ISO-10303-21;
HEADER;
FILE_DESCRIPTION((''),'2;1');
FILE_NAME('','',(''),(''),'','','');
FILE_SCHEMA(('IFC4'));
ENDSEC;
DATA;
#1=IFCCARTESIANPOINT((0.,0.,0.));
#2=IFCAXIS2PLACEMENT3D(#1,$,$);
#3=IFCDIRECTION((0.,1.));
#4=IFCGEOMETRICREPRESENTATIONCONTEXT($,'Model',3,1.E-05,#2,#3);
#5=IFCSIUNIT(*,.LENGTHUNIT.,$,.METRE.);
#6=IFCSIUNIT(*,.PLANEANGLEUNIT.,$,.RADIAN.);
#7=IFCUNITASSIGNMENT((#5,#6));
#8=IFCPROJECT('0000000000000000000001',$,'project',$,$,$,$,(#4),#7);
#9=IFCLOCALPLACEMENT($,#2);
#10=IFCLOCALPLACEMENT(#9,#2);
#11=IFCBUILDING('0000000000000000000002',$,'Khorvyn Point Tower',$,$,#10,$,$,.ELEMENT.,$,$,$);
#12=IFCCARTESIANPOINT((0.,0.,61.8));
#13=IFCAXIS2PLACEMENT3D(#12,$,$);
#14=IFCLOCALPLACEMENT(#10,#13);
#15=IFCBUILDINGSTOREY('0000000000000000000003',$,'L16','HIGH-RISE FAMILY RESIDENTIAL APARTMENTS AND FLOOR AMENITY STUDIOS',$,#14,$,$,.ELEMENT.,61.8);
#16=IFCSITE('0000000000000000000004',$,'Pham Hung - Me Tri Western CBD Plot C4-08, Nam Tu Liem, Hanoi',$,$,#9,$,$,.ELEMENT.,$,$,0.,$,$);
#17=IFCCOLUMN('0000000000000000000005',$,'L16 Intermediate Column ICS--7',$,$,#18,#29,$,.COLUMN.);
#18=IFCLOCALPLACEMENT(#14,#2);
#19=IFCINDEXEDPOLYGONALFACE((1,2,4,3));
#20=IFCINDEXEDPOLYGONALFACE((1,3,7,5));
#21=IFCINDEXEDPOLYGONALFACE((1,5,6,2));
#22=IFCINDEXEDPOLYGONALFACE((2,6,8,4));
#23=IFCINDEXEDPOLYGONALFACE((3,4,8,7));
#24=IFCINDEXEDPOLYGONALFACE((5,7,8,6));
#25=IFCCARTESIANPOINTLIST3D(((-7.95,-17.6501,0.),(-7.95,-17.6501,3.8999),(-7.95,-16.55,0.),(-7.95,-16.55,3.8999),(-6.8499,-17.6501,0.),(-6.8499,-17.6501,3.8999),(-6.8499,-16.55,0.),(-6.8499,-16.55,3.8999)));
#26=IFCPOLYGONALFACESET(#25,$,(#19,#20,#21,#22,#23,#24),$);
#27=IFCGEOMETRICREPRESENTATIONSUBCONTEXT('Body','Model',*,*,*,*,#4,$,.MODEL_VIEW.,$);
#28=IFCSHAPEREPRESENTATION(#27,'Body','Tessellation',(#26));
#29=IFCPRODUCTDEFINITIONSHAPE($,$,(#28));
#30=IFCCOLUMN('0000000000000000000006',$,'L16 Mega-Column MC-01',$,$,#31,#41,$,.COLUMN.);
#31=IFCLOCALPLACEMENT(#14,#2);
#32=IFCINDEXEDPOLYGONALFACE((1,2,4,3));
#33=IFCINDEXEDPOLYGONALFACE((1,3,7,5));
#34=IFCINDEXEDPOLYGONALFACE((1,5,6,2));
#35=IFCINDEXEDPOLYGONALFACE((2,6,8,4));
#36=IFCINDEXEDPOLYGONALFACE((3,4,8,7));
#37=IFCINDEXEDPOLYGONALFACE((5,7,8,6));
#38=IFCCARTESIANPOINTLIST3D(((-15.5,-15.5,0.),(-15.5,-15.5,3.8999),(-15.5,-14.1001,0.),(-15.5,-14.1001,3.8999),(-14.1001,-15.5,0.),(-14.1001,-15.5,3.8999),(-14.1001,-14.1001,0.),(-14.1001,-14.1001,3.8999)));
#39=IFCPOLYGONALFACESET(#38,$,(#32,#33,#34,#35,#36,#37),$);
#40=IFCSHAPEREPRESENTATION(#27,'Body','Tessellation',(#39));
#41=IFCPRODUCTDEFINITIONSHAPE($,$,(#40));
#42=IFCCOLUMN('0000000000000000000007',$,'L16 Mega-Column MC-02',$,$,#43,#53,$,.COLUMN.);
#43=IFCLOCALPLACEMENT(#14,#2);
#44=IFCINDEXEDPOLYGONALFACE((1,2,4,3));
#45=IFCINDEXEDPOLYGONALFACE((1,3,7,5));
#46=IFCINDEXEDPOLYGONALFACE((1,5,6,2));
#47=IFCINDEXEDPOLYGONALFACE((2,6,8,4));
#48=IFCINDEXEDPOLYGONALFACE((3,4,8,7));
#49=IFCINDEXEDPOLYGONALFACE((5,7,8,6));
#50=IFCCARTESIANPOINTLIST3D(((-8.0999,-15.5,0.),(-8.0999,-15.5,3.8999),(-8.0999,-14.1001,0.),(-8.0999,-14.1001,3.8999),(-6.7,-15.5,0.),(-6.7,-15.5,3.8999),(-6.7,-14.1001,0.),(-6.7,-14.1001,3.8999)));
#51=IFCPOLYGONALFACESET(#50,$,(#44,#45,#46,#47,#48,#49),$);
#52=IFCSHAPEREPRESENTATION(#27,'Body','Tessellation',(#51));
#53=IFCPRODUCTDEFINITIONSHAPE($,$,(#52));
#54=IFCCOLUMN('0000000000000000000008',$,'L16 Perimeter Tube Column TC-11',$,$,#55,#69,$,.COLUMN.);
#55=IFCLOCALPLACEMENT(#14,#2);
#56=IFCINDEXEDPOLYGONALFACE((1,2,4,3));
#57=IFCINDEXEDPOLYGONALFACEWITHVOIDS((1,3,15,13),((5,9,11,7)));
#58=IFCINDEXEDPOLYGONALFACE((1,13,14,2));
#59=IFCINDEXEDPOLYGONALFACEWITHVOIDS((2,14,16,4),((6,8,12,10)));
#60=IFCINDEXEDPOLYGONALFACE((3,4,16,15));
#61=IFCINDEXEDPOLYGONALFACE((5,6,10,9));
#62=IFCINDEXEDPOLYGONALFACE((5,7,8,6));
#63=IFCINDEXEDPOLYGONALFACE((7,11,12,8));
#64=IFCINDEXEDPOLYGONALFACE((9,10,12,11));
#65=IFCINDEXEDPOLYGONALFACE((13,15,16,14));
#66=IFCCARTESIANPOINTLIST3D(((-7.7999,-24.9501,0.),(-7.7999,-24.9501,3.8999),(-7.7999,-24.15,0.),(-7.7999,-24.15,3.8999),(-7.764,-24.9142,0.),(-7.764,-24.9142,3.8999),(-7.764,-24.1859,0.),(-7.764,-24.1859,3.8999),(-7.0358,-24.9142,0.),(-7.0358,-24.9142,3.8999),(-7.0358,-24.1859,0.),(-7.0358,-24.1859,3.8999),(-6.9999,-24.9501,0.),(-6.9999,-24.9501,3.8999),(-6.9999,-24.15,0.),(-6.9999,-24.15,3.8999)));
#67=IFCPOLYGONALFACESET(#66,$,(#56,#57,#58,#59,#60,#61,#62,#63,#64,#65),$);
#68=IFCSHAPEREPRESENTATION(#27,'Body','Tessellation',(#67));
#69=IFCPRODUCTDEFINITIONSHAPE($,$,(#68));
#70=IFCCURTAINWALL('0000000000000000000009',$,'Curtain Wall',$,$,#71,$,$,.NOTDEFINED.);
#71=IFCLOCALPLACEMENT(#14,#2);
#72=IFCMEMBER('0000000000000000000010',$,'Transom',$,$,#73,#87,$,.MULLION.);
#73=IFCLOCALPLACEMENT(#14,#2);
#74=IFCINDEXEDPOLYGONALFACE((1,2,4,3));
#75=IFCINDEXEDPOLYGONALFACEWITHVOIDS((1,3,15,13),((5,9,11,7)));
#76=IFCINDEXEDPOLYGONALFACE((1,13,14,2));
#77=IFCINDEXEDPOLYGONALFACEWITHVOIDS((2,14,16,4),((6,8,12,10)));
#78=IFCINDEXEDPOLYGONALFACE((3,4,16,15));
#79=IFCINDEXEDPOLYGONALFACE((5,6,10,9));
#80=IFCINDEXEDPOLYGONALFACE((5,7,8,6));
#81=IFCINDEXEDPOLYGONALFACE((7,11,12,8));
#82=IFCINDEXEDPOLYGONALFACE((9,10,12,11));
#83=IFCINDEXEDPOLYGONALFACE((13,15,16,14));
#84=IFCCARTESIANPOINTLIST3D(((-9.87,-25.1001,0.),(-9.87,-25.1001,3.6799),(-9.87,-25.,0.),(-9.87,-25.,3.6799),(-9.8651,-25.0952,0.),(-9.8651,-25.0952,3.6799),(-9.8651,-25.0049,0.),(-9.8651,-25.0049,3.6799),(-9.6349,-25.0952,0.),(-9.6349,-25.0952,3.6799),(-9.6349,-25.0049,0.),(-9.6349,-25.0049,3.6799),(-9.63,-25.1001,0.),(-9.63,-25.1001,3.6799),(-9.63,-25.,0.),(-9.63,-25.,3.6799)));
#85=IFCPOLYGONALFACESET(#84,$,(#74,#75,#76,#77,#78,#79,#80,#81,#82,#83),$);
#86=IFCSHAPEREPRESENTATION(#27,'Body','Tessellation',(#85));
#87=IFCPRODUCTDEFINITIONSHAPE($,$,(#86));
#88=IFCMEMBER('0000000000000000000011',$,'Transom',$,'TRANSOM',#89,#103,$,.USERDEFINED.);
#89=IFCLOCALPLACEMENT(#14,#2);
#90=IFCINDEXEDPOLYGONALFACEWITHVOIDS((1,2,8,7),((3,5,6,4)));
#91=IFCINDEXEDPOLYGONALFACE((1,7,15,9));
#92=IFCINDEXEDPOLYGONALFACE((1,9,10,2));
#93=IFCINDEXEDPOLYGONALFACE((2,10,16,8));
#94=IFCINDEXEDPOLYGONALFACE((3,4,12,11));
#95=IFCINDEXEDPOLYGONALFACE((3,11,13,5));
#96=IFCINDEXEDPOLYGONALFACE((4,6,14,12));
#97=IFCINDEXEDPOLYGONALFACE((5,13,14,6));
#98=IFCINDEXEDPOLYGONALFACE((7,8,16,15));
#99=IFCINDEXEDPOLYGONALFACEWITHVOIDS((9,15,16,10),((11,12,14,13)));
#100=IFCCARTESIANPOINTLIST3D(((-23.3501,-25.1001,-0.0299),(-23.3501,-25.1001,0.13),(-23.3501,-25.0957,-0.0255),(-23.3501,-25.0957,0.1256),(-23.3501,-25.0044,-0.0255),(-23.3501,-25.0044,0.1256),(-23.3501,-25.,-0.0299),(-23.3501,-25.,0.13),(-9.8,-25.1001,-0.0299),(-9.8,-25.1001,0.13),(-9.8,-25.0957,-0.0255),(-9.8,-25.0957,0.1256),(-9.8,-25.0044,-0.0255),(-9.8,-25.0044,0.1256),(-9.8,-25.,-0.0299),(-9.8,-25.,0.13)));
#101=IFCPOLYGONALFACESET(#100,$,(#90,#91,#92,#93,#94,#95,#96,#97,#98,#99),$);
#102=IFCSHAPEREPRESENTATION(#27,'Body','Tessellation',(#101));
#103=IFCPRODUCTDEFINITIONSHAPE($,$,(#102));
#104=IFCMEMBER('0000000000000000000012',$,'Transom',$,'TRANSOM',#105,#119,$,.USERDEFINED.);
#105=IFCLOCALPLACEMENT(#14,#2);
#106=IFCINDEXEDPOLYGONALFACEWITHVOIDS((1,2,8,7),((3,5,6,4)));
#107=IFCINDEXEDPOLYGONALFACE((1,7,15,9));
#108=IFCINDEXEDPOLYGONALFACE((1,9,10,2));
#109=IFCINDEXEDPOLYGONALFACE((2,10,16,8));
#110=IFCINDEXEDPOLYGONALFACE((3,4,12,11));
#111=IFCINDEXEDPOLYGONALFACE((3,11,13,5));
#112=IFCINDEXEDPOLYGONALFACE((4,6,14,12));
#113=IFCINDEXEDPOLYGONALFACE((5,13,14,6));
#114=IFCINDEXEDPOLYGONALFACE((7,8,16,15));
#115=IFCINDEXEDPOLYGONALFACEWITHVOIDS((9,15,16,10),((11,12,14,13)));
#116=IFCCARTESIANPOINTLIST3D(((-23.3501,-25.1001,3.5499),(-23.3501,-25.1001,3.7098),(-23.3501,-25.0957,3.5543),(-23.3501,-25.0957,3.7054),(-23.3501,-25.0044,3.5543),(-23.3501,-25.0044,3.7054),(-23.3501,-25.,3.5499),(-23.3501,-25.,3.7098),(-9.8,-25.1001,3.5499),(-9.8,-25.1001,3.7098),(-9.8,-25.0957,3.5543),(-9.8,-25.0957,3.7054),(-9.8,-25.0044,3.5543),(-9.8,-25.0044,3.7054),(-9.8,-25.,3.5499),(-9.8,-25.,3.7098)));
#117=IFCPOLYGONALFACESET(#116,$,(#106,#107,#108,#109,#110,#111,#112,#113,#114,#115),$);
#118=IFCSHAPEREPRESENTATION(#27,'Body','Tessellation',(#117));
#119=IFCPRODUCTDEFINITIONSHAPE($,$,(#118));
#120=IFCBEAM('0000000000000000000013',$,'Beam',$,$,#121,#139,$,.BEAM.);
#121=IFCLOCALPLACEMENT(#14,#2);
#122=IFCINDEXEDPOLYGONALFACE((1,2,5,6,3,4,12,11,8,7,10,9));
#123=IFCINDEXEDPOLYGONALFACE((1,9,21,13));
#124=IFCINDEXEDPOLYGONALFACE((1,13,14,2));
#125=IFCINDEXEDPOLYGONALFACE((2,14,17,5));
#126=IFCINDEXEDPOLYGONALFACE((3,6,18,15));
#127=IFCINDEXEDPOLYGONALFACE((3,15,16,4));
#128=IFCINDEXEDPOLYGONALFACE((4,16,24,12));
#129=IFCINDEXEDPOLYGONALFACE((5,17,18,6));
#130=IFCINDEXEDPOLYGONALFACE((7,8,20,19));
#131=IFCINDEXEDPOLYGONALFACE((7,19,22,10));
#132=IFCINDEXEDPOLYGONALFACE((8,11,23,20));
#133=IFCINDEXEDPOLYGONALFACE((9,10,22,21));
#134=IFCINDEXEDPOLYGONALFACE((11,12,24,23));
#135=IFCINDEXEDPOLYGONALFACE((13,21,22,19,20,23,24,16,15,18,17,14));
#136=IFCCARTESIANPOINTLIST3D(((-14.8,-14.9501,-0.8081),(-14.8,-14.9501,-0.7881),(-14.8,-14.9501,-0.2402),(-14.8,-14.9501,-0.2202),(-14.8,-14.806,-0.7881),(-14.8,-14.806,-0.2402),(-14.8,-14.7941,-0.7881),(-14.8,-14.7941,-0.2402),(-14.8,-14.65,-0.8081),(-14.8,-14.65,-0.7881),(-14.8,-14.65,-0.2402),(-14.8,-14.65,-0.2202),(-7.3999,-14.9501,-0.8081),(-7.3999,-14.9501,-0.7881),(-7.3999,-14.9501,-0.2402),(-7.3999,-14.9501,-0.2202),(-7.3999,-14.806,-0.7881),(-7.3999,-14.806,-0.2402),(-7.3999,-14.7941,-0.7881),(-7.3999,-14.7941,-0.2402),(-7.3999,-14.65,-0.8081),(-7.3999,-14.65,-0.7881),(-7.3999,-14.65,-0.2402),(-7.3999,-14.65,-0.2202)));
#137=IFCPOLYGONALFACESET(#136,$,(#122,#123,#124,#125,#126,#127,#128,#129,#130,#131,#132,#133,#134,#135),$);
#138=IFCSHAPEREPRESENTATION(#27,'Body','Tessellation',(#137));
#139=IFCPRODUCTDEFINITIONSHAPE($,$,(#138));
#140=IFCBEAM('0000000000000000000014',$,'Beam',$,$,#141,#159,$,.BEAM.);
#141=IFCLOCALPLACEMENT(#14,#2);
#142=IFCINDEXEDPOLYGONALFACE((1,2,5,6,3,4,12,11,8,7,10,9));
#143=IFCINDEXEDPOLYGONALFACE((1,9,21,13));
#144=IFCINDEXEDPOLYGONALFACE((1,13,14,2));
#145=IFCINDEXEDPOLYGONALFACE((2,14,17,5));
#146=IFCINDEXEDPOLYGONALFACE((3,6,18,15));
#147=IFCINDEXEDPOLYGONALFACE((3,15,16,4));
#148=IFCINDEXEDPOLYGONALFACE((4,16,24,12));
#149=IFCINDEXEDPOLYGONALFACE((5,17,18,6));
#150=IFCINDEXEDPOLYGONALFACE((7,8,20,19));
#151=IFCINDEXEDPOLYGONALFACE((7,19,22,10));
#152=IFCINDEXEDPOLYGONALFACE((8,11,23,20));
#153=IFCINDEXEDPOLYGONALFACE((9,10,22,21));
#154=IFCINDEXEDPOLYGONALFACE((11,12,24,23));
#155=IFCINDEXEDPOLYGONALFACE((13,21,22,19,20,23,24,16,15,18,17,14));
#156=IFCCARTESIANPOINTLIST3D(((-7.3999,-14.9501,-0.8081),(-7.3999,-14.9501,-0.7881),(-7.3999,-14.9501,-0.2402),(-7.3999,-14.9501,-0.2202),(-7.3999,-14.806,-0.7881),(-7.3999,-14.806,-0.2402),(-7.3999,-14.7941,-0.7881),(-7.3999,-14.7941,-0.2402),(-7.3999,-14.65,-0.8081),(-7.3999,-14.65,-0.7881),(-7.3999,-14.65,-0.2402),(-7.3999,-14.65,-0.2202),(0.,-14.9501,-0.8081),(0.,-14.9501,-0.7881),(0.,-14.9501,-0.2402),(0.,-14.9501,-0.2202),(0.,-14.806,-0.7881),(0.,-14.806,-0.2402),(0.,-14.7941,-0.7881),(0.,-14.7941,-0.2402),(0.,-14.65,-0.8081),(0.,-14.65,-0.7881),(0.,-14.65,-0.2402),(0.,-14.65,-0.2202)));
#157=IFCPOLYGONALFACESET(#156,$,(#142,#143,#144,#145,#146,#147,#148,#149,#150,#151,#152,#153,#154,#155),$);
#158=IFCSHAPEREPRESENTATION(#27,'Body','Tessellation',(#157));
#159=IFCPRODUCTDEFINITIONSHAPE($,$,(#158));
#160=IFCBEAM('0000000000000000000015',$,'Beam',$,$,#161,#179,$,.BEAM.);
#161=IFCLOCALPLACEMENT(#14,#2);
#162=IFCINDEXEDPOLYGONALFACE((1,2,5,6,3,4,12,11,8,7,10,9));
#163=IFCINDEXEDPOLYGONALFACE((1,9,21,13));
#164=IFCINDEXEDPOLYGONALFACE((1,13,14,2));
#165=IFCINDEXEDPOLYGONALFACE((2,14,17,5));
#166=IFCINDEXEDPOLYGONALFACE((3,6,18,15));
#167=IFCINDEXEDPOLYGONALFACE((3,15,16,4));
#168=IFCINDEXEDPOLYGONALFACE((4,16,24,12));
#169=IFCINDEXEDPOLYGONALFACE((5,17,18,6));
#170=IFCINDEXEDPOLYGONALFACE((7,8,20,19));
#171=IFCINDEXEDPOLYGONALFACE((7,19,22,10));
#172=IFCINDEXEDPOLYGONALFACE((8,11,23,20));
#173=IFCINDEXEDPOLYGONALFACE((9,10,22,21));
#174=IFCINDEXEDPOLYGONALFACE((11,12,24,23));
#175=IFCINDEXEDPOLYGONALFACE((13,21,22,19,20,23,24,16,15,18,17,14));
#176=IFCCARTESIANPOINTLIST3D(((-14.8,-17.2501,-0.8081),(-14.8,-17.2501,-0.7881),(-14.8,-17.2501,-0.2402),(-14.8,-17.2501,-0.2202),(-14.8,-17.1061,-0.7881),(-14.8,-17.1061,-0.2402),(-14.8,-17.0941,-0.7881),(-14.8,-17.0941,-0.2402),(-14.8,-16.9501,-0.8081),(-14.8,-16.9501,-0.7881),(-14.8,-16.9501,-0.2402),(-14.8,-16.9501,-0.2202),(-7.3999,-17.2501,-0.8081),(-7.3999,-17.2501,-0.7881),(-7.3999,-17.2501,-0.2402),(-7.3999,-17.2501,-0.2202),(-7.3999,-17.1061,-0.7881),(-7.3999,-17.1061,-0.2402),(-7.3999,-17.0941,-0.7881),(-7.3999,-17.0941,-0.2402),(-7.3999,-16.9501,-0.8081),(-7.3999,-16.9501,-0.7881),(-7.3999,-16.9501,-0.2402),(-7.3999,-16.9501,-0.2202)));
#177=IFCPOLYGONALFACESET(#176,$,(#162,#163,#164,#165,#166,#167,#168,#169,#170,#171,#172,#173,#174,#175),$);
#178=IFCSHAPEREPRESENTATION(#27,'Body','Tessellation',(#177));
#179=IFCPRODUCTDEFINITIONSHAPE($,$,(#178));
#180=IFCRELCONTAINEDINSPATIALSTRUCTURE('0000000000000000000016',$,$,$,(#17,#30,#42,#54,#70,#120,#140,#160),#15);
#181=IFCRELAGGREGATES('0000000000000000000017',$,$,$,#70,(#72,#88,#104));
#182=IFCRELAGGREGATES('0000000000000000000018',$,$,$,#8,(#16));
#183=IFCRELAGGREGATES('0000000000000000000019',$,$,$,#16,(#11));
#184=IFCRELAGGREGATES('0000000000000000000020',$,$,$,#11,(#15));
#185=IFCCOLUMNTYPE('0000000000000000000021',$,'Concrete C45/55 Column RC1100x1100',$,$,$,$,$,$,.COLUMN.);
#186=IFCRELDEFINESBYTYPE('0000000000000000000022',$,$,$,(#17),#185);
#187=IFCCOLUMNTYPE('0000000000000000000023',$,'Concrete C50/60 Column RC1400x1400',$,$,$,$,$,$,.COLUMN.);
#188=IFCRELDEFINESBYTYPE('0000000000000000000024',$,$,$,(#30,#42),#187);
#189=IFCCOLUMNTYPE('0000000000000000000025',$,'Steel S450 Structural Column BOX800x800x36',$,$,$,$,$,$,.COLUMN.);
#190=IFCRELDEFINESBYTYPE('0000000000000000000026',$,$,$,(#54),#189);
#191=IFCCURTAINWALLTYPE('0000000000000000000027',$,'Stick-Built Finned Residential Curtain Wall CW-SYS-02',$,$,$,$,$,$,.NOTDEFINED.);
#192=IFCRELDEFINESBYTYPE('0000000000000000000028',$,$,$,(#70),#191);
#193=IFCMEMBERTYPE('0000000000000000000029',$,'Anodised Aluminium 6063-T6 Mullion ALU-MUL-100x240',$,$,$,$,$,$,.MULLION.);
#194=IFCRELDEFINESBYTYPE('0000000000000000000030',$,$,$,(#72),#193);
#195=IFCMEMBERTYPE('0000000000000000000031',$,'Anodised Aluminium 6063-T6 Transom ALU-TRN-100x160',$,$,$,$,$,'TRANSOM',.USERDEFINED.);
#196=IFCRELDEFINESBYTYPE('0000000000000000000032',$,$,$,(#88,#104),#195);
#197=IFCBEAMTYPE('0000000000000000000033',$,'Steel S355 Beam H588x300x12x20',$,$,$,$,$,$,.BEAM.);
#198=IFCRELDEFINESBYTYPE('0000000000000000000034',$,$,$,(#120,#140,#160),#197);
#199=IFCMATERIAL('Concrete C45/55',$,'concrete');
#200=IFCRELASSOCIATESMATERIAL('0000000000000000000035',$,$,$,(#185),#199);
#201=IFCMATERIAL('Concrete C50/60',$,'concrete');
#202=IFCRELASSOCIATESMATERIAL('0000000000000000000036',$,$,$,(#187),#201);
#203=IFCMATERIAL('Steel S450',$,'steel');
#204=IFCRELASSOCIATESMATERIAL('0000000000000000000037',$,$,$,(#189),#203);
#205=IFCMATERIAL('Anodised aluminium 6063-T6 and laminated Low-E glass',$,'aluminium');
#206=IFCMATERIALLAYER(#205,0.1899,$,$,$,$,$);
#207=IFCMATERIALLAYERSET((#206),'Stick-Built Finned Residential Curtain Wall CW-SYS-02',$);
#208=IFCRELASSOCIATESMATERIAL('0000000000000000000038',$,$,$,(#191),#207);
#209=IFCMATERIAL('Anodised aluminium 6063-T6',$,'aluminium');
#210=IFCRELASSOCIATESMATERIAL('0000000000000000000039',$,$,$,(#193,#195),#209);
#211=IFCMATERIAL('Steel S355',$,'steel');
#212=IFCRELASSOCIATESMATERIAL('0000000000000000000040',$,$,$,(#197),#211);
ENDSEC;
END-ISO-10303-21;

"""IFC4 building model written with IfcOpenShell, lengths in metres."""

from ifc_helpers import new_model, si_unit, direction, frame, origin, origin_2d, place, context, subcontext, project, spatial, rectangle, hollow_rectangle, i_section, extrude, material, layer, layer_set, material_profile, profile_set, type_object, element, aggregate, save


model = new_model("IFC4")

# Units and contexts
model_context = context("Model", 3, precision=1e-05, world=origin(), true_north=direction((0.0, 1.0)))
body_context = subcontext(model_context, "Body", "Model", "MODEL_VIEW")
ifc_project = project(units=[si_unit("LENGTHUNIT", "METRE"), si_unit("PLANEANGLEUNIT", "RADIAN")], contexts=[model_context])

# Site, building, storey
site_placement = place(None, origin())
site = spatial("IfcSite", under=ifc_project, at=site_placement, Name="Pham Hung - Me Tri Western CBD Plot C4-08, Nam Tu Liem, Hanoi", CompositionType="ELEMENT", RefElevation=0.0)
building_placement = place(site_placement, origin())
building = spatial("IfcBuilding", under=site, at=building_placement, Name="Khorvyn Point Tower", CompositionType="ELEMENT")
storey_placement = place(building_placement, frame((0.0, 0.0, 61.8)))
storey = spatial("IfcBuildingStorey", under=building, at=storey_placement, Name="L16", Description="HIGH-RISE FAMILY RESIDENTIAL APARTMENTS AND FLOOR AMENITY STUDIOS", CompositionType="ELEMENT", Elevation=61.8)

# Columns
ifc_material_1 = material(Name="Concrete C45/55", Category="concrete")
ifc_material_profile_1 = material_profile(ifc_material_1, rectangle(XDim=1.1001, YDim=1.1001, at=origin_2d()))
ifc_profile_set_1 = profile_set([ifc_material_profile_1], Name="Concrete C45/55 RC1100x1100")
column_type_1 = type_object("IfcColumnType", Name="Concrete C45/55 Column RC1100x1100", PredefinedType="COLUMN", material=ifc_profile_set_1)
column_1_placement = place(storey_placement, frame((-7.3999, -17.1001, 0.0), z_axis=(0.0, 0.0, 1.0), x_axis=(1.0, 0.0, 0.0)))
element("IfcColumn", 1, at=column_1_placement, inside=storey, type_object=column_type_1, Name="L16 Intermediate Column ICS--7", PredefinedType="COLUMN", context=body_context, shape_type="SweptSolid", body=[
    extrude(rectangle(XDim=1.1001, YDim=1.1001, at=origin_2d()), origin(), (0.0, 0.0, 1.0), 3.8999),
])
ifc_material_2 = material(Name="Concrete C50/60", Category="concrete")
ifc_material_profile_2 = material_profile(ifc_material_2, rectangle(XDim=1.3999, YDim=1.3999, at=origin_2d()))
ifc_profile_set_2 = profile_set([ifc_material_profile_2], Name="Concrete C50/60 RC1400x1400")
column_type_2 = type_object("IfcColumnType", Name="Concrete C50/60 Column RC1400x1400", PredefinedType="COLUMN", material=ifc_profile_set_2)
for number, where, z_axis, x_axis, name in (
    (2, (-14.8, -14.8, 0.0), (0.0, 0.0, 1.0), (1.0, 0.0, 0.0), "L16 Mega-Column MC-01"),
    (3, (-7.3999, -14.8, 0.0), (0.0, 0.0, 1.0), (1.0, 0.0, 0.0), "L16 Mega-Column MC-02"),
):
    element("IfcColumn", number, at=place(storey_placement, frame(where, z_axis=z_axis, x_axis=x_axis)), inside=storey, type_object=column_type_2, Name=name, PredefinedType="COLUMN", context=body_context, shape_type="SweptSolid", body=[
        extrude(rectangle(XDim=1.3999, YDim=1.3999, at=origin_2d()), origin(), (0.0, 0.0, 1.0), 3.8999),
    ])
ifc_material_3 = material(Name="Steel S450", Category="steel")
ifc_material_profile_3 = material_profile(ifc_material_3, hollow_rectangle(XDim=0.8, YDim=0.8, WallThickness=0.0359, at=origin_2d()))
ifc_profile_set_3 = profile_set([ifc_material_profile_3], Name="Steel S450 BOX800x800x36")
column_type_3 = type_object("IfcColumnType", Name="Steel S450 Structural Column BOX800x800x36", PredefinedType="COLUMN", material=ifc_profile_set_3)
column_2_placement = place(storey_placement, frame((-7.3999, -24.55, 0.0), z_axis=(0.0, 0.0, 1.0), x_axis=(1.0, 0.0, 0.0)))
element("IfcColumn", 4, at=column_2_placement, inside=storey, type_object=column_type_3, Name="L16 Perimeter Tube Column TC-11", PredefinedType="COLUMN", context=body_context, shape_type="SweptSolid", body=[
    extrude(hollow_rectangle(XDim=0.8, YDim=0.8, WallThickness=0.0359, at=origin_2d()), origin(), (0.0, 0.0, 1.0), 3.8999),
])

# Curtain wall, members
ifc_material_4 = material(Name="Anodised aluminium 6063-T6 and laminated Low-E glass", Category="aluminium")
ifc_layer_1 = layer(ifc_material_4, 0.1899)
ifc_layer_set_1 = layer_set([ifc_layer_1], Name="Stick-Built Finned Residential Curtain Wall CW-SYS-02")
curtain_wall_type = type_object("IfcCurtainWallType", Name="Stick-Built Finned Residential Curtain Wall CW-SYS-02", PredefinedType="NOTDEFINED", material=ifc_layer_set_1)
curtain_wall_placement = place(storey_placement, origin())
curtain_wall = element("IfcCurtainWall", 5, at=curtain_wall_placement, inside=storey, type_object=curtain_wall_type, Name="Curtain Wall", PredefinedType="NOTDEFINED")
ifc_material_5 = material(Name="Anodised aluminium 6063-T6", Category="aluminium")
ifc_material_profile_4 = material_profile(ifc_material_5, hollow_rectangle(XDim=0.1001, YDim=0.24, WallThickness=0.0049, at=origin_2d()))
ifc_profile_set_4 = profile_set([ifc_material_profile_4], Name="Anodised aluminium 6063-T6 ALU-MUL-100x240")
member_type_1 = type_object("IfcMemberType", Name="Anodised Aluminium 6063-T6 Mullion ALU-MUL-100x240", PredefinedType="MULLION", material=ifc_profile_set_4)
member_1_placement = place(storey_placement, frame((-9.75, -25.05, 0.0), z_axis=(0.0, 0.0, 1.0), x_axis=(0.0, -1.0, 0.0)))
member_1 = element("IfcMember", 6, at=member_1_placement, type_object=member_type_1, Name="Transom", PredefinedType="MULLION", context=body_context, shape_type="SweptSolid", body=[
    extrude(hollow_rectangle(XDim=0.1001, YDim=0.24, WallThickness=0.0049, at=origin_2d()), origin(), (0.0, 0.0, 1.0), 3.6799),
])
ifc_material_profile_5 = material_profile(ifc_material_5, hollow_rectangle(XDim=0.1001, YDim=0.1599, WallThickness=0.0044, at=origin_2d()))
ifc_profile_set_5 = profile_set([ifc_material_profile_5], Name="Anodised aluminium 6063-T6 ALU-TRN-100x160")
member_type_2 = type_object("IfcMemberType", Name="Anodised Aluminium 6063-T6 Transom ALU-TRN-100x160", ElementType="TRANSOM", PredefinedType="USERDEFINED", material=ifc_profile_set_5)
member_2_placement = place(storey_placement, frame((-9.8, -25.05, 0.05), z_axis=(-1.0, 0.0, 0.0), x_axis=(0.0, -1.0, 0.0)))
member_2 = element("IfcMember", 7, at=member_2_placement, type_object=member_type_2, Name="Transom", ObjectType="TRANSOM", PredefinedType="USERDEFINED", context=body_context, shape_type="SweptSolid", body=[
    extrude(hollow_rectangle(XDim=0.1001, YDim=0.1599, WallThickness=0.0044, at=origin_2d()), origin(), (0.0, 0.0, 1.0), 13.55),
])
member_3_placement = place(storey_placement, frame((-9.8, -25.05, 3.6299), z_axis=(-1.0, 0.0, 0.0), x_axis=(0.0, -1.0, 0.0)))
member_3 = element("IfcMember", 8, at=member_3_placement, type_object=member_type_2, Name="Transom", ObjectType="TRANSOM", PredefinedType="USERDEFINED", context=body_context, shape_type="SweptSolid", body=[
    extrude(hollow_rectangle(XDim=0.1001, YDim=0.1599, WallThickness=0.0044, at=origin_2d()), origin(), (0.0, 0.0, 1.0), 13.55),
])

# Beams
ifc_material_6 = material(Name="Steel S355", Category="steel")
ifc_material_profile_6 = material_profile(ifc_material_6, i_section(OverallWidth=0.3, OverallDepth=0.5879, WebThickness=0.012, FlangeThickness=0.02, at=origin_2d()))
ifc_profile_set_6 = profile_set([ifc_material_profile_6], Name="Steel S355 H588x300x12x20")
beam_type_1 = type_object("IfcBeamType", Name="Steel S355 Beam H588x300x12x20", PredefinedType="BEAM", material=ifc_profile_set_6)
beam_1_placement = place(storey_placement, frame((-14.8, -14.8, -0.5142), z_axis=(1.0, 0.0, 0.0), x_axis=(0.0, 1.0, 0.0)))
element("IfcBeam", 9, at=beam_1_placement, inside=storey, type_object=beam_type_1, Name="Beam", PredefinedType="BEAM", context=body_context, shape_type="SweptSolid", body=[
    extrude(i_section(OverallWidth=0.3, OverallDepth=0.5879, WebThickness=0.012, FlangeThickness=0.02, at=origin_2d()), origin(), (0.0, 0.0, 1.0), 7.4001),
])
beam_2_placement = place(storey_placement, frame((-7.3999, -14.8, -0.5142), z_axis=(1.0, 0.0, 0.0), x_axis=(0.0, 1.0, 0.0)))
element("IfcBeam", 10, at=beam_2_placement, inside=storey, type_object=beam_type_1, Name="Beam", PredefinedType="BEAM", context=body_context, shape_type="SweptSolid", body=[
    extrude(i_section(OverallWidth=0.3, OverallDepth=0.5879, WebThickness=0.012, FlangeThickness=0.02, at=origin_2d()), origin(), (0.0, 0.0, 1.0), 7.3999),
])
beam_3_placement = place(storey_placement, frame((-14.8, -17.1001, -0.5142), z_axis=(1.0, 0.0, 0.0), x_axis=(0.0, 1.0, 0.0)))
element("IfcBeam", 11, at=beam_3_placement, inside=storey, type_object=beam_type_1, Name="Beam", PredefinedType="BEAM", context=body_context, shape_type="SweptSolid", body=[
    extrude(i_section(OverallWidth=0.3, OverallDepth=0.5879, WebThickness=0.012, FlangeThickness=0.02, at=origin_2d()), origin(), (0.0, 0.0, 1.0), 7.4001),
])

aggregate(curtain_wall, [member_1, member_2, member_3])

save(model, "model.ifc")
